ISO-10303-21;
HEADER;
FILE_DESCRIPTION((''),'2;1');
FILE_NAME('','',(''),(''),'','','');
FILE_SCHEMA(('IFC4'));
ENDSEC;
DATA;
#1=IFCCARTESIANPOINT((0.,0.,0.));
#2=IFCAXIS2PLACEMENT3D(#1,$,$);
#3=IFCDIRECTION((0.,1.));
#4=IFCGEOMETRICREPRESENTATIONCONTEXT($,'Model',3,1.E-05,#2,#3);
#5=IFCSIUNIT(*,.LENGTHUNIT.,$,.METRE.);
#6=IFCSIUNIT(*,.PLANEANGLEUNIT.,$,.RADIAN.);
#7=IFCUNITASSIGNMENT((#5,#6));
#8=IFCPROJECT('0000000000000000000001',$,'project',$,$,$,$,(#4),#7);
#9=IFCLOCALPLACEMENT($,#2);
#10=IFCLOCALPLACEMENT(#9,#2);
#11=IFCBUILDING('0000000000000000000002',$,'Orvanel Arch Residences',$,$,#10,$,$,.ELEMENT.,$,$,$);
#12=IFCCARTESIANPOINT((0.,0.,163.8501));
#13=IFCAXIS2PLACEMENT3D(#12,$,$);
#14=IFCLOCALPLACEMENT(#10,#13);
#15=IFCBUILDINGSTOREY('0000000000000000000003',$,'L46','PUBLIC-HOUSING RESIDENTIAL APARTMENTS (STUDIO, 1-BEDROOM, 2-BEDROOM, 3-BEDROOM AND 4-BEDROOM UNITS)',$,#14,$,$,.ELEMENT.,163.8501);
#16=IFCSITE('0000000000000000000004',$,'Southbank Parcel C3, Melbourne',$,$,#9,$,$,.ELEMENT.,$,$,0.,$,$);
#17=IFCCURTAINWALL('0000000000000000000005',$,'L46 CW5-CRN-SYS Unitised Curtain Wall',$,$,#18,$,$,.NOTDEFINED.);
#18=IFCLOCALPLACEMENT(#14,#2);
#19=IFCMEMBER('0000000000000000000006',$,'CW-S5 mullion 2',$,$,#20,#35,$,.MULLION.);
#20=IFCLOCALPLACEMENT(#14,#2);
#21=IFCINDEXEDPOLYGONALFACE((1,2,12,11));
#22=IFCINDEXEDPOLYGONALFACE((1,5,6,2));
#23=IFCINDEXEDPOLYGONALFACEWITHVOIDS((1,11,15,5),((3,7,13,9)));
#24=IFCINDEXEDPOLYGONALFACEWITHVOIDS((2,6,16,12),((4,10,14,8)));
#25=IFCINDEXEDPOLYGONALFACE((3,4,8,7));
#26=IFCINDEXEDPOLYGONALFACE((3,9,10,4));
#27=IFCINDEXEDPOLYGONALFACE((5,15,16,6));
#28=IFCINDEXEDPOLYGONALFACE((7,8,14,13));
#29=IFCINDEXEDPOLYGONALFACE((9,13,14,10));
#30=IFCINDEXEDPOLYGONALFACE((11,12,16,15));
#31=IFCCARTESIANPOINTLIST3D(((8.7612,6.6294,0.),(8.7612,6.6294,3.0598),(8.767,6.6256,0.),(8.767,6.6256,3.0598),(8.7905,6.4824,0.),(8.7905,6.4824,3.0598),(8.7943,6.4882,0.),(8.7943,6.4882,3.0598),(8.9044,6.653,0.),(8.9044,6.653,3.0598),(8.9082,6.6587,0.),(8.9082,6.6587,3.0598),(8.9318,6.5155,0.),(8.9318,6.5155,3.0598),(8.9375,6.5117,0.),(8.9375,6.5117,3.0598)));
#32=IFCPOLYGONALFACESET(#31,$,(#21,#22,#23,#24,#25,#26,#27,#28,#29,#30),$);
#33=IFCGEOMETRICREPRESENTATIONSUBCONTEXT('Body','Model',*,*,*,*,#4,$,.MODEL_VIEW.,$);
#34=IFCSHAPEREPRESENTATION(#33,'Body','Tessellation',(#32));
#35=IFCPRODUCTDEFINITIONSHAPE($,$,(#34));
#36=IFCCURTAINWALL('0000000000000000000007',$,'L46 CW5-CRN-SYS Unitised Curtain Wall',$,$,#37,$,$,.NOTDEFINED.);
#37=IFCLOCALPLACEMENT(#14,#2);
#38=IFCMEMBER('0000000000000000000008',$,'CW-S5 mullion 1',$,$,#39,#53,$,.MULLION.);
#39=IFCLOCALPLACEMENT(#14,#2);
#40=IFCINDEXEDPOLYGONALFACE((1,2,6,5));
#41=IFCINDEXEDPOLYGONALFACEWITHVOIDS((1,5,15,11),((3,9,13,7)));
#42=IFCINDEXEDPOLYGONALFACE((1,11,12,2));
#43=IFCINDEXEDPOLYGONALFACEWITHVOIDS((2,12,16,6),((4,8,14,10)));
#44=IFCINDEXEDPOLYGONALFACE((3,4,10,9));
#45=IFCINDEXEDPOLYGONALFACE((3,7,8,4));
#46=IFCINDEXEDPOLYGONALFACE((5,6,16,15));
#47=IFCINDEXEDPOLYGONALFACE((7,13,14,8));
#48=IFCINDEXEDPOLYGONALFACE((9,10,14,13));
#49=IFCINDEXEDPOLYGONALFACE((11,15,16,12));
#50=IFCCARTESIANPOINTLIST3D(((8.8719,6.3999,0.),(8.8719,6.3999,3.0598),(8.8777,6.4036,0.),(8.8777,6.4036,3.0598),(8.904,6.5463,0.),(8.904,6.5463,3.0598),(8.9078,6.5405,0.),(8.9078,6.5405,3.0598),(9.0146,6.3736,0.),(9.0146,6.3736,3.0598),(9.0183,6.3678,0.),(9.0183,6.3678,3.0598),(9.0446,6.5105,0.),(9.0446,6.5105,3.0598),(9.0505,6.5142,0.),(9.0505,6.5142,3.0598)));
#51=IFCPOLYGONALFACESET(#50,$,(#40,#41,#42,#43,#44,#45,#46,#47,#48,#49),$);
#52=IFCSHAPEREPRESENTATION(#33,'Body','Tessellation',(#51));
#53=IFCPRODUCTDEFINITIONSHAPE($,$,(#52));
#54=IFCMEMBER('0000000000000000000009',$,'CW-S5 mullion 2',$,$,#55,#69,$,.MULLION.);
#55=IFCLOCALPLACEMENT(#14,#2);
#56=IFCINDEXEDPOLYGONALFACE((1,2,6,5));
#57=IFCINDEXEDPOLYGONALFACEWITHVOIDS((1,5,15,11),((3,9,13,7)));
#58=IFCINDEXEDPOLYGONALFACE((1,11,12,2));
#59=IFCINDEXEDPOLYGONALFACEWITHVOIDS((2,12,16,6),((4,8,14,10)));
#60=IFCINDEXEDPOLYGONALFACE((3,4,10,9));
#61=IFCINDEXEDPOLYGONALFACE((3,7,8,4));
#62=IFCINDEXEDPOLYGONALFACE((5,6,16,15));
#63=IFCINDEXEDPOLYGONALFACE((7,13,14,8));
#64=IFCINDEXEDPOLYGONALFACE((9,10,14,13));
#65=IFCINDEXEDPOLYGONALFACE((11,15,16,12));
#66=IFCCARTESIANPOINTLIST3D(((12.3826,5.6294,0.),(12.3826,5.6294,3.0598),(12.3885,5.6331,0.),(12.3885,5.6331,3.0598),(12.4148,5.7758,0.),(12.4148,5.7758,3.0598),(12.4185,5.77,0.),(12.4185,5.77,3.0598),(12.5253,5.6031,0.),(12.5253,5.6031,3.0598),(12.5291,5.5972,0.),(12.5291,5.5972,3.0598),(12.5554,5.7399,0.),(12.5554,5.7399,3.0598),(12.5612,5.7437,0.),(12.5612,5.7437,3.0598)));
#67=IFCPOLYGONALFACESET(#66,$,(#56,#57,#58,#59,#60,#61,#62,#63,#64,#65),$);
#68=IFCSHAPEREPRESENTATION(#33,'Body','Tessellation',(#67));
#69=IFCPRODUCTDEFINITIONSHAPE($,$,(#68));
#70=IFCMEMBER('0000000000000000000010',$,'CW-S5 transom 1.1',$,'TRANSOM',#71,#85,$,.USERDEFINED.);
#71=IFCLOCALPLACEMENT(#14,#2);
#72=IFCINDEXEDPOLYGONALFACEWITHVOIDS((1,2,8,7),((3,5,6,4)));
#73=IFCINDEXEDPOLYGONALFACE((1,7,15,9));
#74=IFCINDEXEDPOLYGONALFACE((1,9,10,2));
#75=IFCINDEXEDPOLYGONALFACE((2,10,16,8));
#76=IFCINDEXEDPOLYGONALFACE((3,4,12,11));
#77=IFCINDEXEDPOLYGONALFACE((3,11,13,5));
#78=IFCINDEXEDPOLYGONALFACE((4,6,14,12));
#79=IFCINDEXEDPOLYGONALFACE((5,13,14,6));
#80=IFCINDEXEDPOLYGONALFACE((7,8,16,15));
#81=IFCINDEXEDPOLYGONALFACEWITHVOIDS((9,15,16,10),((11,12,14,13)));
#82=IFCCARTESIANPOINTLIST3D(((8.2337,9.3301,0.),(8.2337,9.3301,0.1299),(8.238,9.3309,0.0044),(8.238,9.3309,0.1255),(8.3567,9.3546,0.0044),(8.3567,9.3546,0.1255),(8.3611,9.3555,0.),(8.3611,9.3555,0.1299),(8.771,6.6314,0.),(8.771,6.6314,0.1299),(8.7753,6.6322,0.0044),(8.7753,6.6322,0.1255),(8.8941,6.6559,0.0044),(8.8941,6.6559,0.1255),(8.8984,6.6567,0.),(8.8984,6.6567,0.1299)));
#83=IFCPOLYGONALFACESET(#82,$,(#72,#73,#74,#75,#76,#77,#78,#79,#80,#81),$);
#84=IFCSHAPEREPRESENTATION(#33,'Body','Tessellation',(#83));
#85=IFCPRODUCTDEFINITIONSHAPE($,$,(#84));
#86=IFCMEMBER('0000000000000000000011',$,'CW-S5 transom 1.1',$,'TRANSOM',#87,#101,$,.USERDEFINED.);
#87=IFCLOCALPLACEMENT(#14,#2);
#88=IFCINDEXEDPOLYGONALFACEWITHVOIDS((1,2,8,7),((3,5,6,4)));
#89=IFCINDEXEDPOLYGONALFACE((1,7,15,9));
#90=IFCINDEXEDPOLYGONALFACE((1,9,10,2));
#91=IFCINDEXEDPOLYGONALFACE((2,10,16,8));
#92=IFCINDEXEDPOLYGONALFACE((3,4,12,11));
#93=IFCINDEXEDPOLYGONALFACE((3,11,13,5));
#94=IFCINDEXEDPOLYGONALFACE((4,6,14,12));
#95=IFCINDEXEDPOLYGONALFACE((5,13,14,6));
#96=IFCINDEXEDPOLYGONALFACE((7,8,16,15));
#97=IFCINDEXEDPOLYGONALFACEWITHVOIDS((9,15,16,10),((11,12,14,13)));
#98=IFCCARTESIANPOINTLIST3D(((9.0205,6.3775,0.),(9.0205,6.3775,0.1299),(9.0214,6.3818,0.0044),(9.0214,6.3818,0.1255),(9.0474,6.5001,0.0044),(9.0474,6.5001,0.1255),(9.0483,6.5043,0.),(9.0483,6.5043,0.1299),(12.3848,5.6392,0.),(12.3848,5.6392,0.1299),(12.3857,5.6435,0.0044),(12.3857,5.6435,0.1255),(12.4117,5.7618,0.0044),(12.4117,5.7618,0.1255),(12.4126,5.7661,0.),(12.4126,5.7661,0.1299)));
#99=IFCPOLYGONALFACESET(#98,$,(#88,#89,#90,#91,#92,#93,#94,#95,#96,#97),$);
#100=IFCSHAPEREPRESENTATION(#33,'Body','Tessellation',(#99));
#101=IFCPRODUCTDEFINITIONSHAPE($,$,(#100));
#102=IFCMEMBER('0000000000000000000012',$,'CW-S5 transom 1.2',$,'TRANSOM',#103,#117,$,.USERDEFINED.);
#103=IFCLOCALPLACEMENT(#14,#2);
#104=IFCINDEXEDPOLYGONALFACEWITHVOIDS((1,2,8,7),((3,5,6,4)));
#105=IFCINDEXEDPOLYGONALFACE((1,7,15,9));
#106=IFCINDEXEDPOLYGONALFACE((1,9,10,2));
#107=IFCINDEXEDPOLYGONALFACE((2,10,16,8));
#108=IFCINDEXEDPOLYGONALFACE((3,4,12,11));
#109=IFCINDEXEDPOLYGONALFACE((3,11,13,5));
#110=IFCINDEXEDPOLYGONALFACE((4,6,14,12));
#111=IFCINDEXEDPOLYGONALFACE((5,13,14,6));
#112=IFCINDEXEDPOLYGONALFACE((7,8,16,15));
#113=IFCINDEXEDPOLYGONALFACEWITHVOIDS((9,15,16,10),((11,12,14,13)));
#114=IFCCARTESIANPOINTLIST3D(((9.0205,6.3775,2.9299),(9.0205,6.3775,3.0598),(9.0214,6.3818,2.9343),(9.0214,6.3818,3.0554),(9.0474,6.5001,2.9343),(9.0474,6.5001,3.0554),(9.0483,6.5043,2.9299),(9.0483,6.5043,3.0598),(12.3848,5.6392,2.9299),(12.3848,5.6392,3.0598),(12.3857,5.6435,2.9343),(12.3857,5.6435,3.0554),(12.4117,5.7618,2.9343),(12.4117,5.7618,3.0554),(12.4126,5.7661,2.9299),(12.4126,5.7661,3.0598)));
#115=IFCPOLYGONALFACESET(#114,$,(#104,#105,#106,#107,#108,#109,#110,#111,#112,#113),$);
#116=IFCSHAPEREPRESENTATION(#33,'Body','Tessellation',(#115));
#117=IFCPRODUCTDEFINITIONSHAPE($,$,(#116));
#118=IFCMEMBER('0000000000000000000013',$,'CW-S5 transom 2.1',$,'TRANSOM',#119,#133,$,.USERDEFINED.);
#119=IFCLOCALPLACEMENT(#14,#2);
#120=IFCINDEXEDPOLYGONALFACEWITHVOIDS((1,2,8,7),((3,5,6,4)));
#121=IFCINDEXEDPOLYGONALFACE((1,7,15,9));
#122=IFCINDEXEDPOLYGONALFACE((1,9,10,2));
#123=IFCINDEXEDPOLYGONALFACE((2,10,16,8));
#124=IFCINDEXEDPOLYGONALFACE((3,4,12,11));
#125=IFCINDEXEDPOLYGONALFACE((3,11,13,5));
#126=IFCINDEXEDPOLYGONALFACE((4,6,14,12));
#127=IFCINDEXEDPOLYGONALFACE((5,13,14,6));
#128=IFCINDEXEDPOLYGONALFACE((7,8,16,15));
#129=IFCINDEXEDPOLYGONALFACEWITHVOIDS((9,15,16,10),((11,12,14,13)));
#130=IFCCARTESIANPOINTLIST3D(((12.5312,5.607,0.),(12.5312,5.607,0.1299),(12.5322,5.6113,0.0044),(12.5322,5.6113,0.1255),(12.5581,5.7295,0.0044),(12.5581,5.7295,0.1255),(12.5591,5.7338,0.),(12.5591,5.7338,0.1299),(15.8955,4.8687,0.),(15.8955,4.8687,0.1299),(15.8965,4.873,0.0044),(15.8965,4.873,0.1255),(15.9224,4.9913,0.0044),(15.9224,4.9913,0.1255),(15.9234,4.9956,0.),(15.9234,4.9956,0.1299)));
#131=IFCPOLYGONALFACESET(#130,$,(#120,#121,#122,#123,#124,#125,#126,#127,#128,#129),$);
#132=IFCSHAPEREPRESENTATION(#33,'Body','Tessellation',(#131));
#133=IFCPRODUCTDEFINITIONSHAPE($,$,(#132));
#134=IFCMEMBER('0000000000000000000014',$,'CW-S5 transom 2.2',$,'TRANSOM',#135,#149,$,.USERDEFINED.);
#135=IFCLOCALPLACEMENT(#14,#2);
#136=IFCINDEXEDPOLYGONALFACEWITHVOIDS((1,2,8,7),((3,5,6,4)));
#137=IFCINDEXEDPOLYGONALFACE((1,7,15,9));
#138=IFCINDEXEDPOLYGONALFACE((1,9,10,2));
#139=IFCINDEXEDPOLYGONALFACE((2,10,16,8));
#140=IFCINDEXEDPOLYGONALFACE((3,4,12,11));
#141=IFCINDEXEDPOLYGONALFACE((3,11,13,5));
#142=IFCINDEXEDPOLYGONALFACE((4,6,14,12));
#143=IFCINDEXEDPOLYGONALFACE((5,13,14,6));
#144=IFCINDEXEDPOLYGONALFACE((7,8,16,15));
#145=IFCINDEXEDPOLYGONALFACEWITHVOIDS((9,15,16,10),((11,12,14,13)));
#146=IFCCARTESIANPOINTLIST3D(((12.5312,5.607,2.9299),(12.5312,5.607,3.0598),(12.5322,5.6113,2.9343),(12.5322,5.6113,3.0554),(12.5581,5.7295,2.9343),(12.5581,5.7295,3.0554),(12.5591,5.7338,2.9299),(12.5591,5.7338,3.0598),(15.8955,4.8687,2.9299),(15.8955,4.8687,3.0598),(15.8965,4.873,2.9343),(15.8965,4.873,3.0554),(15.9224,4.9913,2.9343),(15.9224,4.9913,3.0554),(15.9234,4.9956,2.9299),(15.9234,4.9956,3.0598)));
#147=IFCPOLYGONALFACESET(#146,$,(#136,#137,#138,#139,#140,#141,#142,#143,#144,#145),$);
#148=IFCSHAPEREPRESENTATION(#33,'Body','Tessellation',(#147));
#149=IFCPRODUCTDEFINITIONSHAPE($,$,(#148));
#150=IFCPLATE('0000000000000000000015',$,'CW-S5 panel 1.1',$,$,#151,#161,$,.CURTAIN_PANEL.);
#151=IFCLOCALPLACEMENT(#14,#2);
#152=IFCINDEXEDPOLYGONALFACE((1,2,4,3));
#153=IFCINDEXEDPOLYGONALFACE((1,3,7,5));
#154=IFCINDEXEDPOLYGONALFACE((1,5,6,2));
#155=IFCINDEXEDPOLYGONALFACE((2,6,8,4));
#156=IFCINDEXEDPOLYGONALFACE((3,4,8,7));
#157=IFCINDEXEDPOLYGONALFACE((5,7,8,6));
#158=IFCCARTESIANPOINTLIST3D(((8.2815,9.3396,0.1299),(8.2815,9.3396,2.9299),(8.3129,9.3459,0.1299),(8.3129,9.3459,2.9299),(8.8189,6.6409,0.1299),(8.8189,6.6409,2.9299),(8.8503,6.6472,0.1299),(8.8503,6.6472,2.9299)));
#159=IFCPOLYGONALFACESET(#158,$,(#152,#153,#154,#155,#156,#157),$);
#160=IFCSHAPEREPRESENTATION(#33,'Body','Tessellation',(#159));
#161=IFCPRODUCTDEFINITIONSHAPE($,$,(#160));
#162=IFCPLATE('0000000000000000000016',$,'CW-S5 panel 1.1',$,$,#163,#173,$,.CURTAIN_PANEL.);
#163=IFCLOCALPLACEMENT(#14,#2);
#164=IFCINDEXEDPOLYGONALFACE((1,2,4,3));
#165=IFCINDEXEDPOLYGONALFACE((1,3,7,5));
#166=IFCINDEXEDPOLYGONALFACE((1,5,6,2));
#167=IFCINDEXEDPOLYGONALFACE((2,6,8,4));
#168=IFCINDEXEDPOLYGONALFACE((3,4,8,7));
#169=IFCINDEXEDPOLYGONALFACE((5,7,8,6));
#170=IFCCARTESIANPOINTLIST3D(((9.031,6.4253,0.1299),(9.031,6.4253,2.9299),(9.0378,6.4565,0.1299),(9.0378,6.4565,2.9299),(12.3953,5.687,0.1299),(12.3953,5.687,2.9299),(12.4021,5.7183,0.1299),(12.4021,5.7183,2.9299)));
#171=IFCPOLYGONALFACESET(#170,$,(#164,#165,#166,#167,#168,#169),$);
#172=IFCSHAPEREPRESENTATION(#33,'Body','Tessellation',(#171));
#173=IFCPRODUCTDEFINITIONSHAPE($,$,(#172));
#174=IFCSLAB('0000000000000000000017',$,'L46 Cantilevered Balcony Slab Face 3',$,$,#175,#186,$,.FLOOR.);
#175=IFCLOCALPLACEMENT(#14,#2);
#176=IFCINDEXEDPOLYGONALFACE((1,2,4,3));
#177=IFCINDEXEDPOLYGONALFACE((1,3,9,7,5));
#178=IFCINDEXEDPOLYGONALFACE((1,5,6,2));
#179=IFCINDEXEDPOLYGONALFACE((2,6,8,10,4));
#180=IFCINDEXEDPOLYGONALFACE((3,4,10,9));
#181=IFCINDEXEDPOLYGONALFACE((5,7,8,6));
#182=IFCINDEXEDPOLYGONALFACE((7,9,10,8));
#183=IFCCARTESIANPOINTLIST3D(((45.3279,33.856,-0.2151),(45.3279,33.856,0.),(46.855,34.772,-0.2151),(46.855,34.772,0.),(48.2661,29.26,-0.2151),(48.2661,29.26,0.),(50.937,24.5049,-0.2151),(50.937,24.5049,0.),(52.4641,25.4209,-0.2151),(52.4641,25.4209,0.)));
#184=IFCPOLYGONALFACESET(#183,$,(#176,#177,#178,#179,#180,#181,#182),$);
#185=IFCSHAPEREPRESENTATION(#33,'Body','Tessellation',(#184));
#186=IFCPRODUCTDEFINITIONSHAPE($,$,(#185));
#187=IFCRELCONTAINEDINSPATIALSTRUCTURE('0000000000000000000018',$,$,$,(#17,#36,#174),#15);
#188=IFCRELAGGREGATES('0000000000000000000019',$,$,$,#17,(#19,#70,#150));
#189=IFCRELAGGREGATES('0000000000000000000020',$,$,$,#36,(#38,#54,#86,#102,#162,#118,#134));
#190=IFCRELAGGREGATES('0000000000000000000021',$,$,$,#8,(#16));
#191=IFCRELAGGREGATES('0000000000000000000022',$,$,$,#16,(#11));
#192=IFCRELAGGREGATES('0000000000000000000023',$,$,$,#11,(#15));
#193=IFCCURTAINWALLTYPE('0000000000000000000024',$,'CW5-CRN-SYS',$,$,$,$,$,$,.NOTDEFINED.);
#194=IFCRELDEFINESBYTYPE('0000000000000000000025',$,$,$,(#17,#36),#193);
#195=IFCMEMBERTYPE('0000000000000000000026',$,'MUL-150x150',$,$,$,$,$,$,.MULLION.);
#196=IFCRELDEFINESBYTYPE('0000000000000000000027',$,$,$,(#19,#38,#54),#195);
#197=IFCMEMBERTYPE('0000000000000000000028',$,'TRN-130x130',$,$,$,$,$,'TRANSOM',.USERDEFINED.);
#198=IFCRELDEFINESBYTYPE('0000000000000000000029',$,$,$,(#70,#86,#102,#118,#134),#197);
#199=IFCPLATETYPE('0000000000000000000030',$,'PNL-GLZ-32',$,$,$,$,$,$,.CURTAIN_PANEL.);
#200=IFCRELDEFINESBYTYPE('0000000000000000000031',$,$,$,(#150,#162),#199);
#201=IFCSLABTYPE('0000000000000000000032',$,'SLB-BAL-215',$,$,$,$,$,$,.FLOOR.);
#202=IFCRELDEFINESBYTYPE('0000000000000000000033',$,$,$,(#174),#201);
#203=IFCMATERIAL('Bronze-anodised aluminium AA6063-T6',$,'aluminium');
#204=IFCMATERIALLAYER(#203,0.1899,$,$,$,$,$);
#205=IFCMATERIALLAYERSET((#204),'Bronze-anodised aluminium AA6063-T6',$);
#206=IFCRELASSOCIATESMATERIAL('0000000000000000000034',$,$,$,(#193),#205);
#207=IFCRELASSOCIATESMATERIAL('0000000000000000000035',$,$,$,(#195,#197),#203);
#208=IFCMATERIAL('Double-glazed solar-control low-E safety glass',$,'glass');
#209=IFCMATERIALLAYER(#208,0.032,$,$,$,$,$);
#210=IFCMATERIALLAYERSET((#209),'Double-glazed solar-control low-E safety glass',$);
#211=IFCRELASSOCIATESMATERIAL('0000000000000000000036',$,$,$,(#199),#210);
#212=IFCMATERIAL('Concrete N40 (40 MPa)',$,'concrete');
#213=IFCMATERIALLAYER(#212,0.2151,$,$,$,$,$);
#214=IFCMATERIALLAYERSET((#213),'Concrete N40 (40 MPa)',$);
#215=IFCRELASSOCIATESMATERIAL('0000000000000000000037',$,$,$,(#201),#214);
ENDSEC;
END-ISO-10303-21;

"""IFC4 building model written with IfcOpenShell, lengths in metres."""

from ifc_helpers import new_model, si_unit, direction, frame, origin, origin_2d, place, context, subcontext, project, spatial, polyline, rectangle, hollow_rectangle, outline, extrude, material, layer, layer_set, material_profile, profile_set, type_object, element, aggregate, save


model = new_model("IFC4")

# Units and contexts
model_context = context("Model", 3, precision=1e-05, world=origin(), true_north=direction((0.0, 1.0)))
body_context = subcontext(model_context, "Body", "Model", "MODEL_VIEW")
ifc_project = project(units=[si_unit("LENGTHUNIT", "METRE"), si_unit("PLANEANGLEUNIT", "RADIAN")], contexts=[model_context])

# Site, building, storey
site_placement = place(None, origin())
site = spatial("IfcSite", under=ifc_project, at=site_placement, Name="Southbank Parcel C3, Melbourne", CompositionType="ELEMENT", RefElevation=0.0)
building_placement = place(site_placement, origin())
building = spatial("IfcBuilding", under=site, at=building_placement, Name="Orvanel Arch Residences", CompositionType="ELEMENT")
storey_placement = place(building_placement, frame((0.0, 0.0, 163.8501)))
storey = spatial("IfcBuildingStorey", under=building, at=storey_placement, Name="L46", Description="PUBLIC-HOUSING RESIDENTIAL APARTMENTS (STUDIO, 1-BEDROOM, 2-BEDROOM, 3-BEDROOM AND 4-BEDROOM UNITS)", CompositionType="ELEMENT", Elevation=163.8501)

# Curtain wall, member
ifc_material_1 = material(Name="Bronze-anodised aluminium AA6063-T6", Category="aluminium")
ifc_layer_1 = layer(ifc_material_1, 0.1899)
ifc_layer_set_1 = layer_set([ifc_layer_1], Name="Bronze-anodised aluminium AA6063-T6")
curtain_wall_type = type_object("IfcCurtainWallType", Name="CW5-CRN-SYS", PredefinedType="NOTDEFINED", material=ifc_layer_set_1)
curtain_wall_1_placement = place(storey_placement, origin())
curtain_wall_1 = element("IfcCurtainWall", 1, at=curtain_wall_1_placement, inside=storey, type_object=curtain_wall_type, Name="L46 CW5-CRN-SYS Unitised Curtain Wall", PredefinedType="NOTDEFINED")
ifc_material_profile_1 = material_profile(ifc_material_1, hollow_rectangle(XDim=0.1499, YDim=0.1499, WallThickness=0.0049, at=origin_2d()), Name="ALU150x150x5")
ifc_profile_set_1 = profile_set([ifc_material_profile_1], Name="Bronze-anodised aluminium AA6063-T6")
member_type_1 = type_object("IfcMemberType", Name="MUL-150x150", PredefinedType="MULLION", material=ifc_profile_set_1)
member_1_placement = place(storey_placement, frame((8.8494, 6.5706, 0.0), z_axis=(0.0, 0.0, 1.0), x_axis=(0.980744, 0.195297, 0.0)))
member_1 = element("IfcMember", 2, at=member_1_placement, type_object=member_type_1, Name="CW-S5 mullion 2", PredefinedType="MULLION", context=body_context, shape_type="SweptSolid", body=[
    extrude(hollow_rectangle(XDim=0.1499, YDim=0.1499, WallThickness=0.0049, at=origin_2d()), origin(), (0.0, 0.0, 1.0), 3.0598),
])

# Curtain wall, members
curtain_wall_2_placement = place(storey_placement, origin())
curtain_wall_2 = element("IfcCurtainWall", 3, at=curtain_wall_2_placement, inside=storey, type_object=curtain_wall_type, Name="L46 CW5-CRN-SYS Unitised Curtain Wall", PredefinedType="NOTDEFINED")
member_2_placement = place(storey_placement, frame((8.9612, 6.457, 0.0), z_axis=(0.0, 0.0, 1.0), x_axis=(0.214347, 0.976758, 0.0)))
member_2 = element("IfcMember", 4, at=member_2_placement, type_object=member_type_1, Name="CW-S5 mullion 1", PredefinedType="MULLION", context=body_context, shape_type="SweptSolid", body=[
    extrude(hollow_rectangle(XDim=0.1499, YDim=0.1499, WallThickness=0.0049, at=origin_2d()), origin(), (0.0, 0.0, 1.0), 3.0598),
])
member_3_placement = place(storey_placement, frame((12.4719, 5.6865, 0.0), z_axis=(0.0, 0.0, 1.0), x_axis=(0.214347, 0.976758, 0.0)))
member_3 = element("IfcMember", 5, at=member_3_placement, type_object=member_type_1, Name="CW-S5 mullion 2", PredefinedType="MULLION", context=body_context, shape_type="SweptSolid", body=[
    extrude(hollow_rectangle(XDim=0.1499, YDim=0.1499, WallThickness=0.0049, at=origin_2d()), origin(), (0.0, 0.0, 1.0), 3.0598),
])

# Members
ifc_material_profile_2 = material_profile(ifc_material_1, hollow_rectangle(XDim=0.1299, YDim=0.1299, WallThickness=0.0044, at=origin_2d()), Name="ALU130x130x4.5")
ifc_profile_set_2 = profile_set([ifc_material_profile_2], Name="Bronze-anodised aluminium AA6063-T6")
member_type_2 = type_object("IfcMemberType", Name="TRN-130x130", ElementType="TRANSOM", PredefinedType="USERDEFINED", material=ifc_profile_set_2)
member_4_placement = place(storey_placement, frame((8.2974, 9.3428, 0.0649), z_axis=(0.19528, -0.980748, 0.0), x_axis=(0.980748, 0.19528, 0.0)))
member_4 = element("IfcMember", 6, at=member_4_placement, type_object=member_type_2, Name="CW-S5 transom 1.1", ObjectType="TRANSOM", PredefinedType="USERDEFINED", context=body_context, shape_type="SweptSolid", body=[
    extrude(hollow_rectangle(XDim=0.1299, YDim=0.1299, WallThickness=0.0044, at=origin_2d()), origin(), (0.0, 0.0, 1.0), 2.7517),
])
member_5_placement = place(storey_placement, frame((9.0344, 6.4409, 0.0649), z_axis=(0.976757, -0.214348, 0.0), x_axis=(0.214348, 0.976757, 0.0)))
member_5 = element("IfcMember", 7, at=member_5_placement, type_object=member_type_2, Name="CW-S5 transom 1.1", ObjectType="TRANSOM", PredefinedType="USERDEFINED", context=body_context, shape_type="SweptSolid", body=[
    extrude(hollow_rectangle(XDim=0.1299, YDim=0.1299, WallThickness=0.0044, at=origin_2d()), origin(), (0.0, 0.0, 1.0), 3.4443),
])
member_6_placement = place(storey_placement, frame((9.0344, 6.4409, 2.9949), z_axis=(0.976757, -0.214348, 0.0), x_axis=(0.214348, 0.976757, 0.0)))
member_6 = element("IfcMember", 8, at=member_6_placement, type_object=member_type_2, Name="CW-S5 transom 1.2", ObjectType="TRANSOM", PredefinedType="USERDEFINED", context=body_context, shape_type="SweptSolid", body=[
    extrude(hollow_rectangle(XDim=0.1299, YDim=0.1299, WallThickness=0.0044, at=origin_2d()), origin(), (0.0, 0.0, 1.0), 3.4443),
])
member_7_placement = place(storey_placement, frame((12.5452, 5.6704, 0.0649), z_axis=(0.976757, -0.214348, 0.0), x_axis=(0.214348, 0.976757, 0.0)))
member_7 = element("IfcMember", 9, at=member_7_placement, type_object=member_type_2, Name="CW-S5 transom 2.1", ObjectType="TRANSOM", PredefinedType="USERDEFINED", context=body_context, shape_type="SweptSolid", body=[
    extrude(hollow_rectangle(XDim=0.1299, YDim=0.1299, WallThickness=0.0044, at=origin_2d()), origin(), (0.0, 0.0, 1.0), 3.4443),
])
member_8_placement = place(storey_placement, frame((12.5452, 5.6704, 2.9949), z_axis=(0.976757, -0.214348, 0.0), x_axis=(0.214348, 0.976757, 0.0)))
member_8 = element("IfcMember", 10, at=member_8_placement, type_object=member_type_2, Name="CW-S5 transom 2.2", ObjectType="TRANSOM", PredefinedType="USERDEFINED", context=body_context, shape_type="SweptSolid", body=[
    extrude(hollow_rectangle(XDim=0.1299, YDim=0.1299, WallThickness=0.0044, at=origin_2d()), origin(), (0.0, 0.0, 1.0), 3.4443),
])

# Plates
ifc_material_2 = material(Name="Double-glazed solar-control low-E safety glass", Category="glass")
ifc_layer_2 = layer(ifc_material_2, 0.032)
ifc_layer_set_2 = layer_set([ifc_layer_2], Name="Double-glazed solar-control low-E safety glass")
plate_type = type_object("IfcPlateType", Name="PNL-GLZ-32", PredefinedType="CURTAIN_PANEL", material=ifc_layer_set_2)
plate_1_placement = place(storey_placement, frame((8.5659, 7.9934, 0.1299), z_axis=(0.0, 0.0, 1.0), x_axis=(0.195297, -0.980744, 0.0)))
plate_1 = element("IfcPlate", 11, at=plate_1_placement, type_object=plate_type, Name="CW-S5 panel 1.1", PredefinedType="CURTAIN_PANEL", context=body_context, shape_type="SweptSolid", body=[
    extrude(rectangle(XDim=2.7517, YDim=0.032, at=origin_2d()), origin(), (0.0, 0.0, 1.0), 2.8),
])
aggregate(curtain_wall_1, [member_1, member_4, plate_1])
plate_2_placement = place(storey_placement, frame((10.7166, 6.0718, 0.1299), z_axis=(0.0, 0.0, 1.0), x_axis=(0.976758, -0.214347, 0.0)))
plate_2 = element("IfcPlate", 12, at=plate_2_placement, type_object=plate_type, Name="CW-S5 panel 1.1", PredefinedType="CURTAIN_PANEL", context=body_context, shape_type="SweptSolid", body=[
    extrude(rectangle(XDim=3.4443, YDim=0.032, at=origin_2d()), origin(), (0.0, 0.0, 1.0), 2.8),
])
aggregate(curtain_wall_2, [member_2, member_3, member_5, member_6, plate_2, member_7, member_8])

# Slab
ifc_material_3 = material(Name="Concrete N40 (40 MPa)", Category="concrete")
ifc_layer_3 = layer(ifc_material_3, 0.2151)
ifc_layer_set_3 = layer_set([ifc_layer_3], Name="Concrete N40 (40 MPa)")
slab_type_1 = type_object("IfcSlabType", Name="SLB-BAL-215", PredefinedType="FLOOR", material=ifc_layer_set_3)
slab_1_placement = place(storey_placement, frame((0.0, 0.0, -0.2151)))
element("IfcSlab", 13, at=slab_1_placement, inside=storey, type_object=slab_type_1, Name="L46 Cantilevered Balcony Slab Face 3", PredefinedType="FLOOR", context=body_context, shape_type="SweptSolid", body=[
    extrude(outline(polyline([(52.4641, 25.4209), (46.855, 34.772), (45.3279, 33.856), (48.2661, 29.26), (50.937, 24.5049), (52.4641, 25.4209)])), origin(), (0.0, 0.0, 1.0), 0.2151),
])

save(model, "model.ifc")
